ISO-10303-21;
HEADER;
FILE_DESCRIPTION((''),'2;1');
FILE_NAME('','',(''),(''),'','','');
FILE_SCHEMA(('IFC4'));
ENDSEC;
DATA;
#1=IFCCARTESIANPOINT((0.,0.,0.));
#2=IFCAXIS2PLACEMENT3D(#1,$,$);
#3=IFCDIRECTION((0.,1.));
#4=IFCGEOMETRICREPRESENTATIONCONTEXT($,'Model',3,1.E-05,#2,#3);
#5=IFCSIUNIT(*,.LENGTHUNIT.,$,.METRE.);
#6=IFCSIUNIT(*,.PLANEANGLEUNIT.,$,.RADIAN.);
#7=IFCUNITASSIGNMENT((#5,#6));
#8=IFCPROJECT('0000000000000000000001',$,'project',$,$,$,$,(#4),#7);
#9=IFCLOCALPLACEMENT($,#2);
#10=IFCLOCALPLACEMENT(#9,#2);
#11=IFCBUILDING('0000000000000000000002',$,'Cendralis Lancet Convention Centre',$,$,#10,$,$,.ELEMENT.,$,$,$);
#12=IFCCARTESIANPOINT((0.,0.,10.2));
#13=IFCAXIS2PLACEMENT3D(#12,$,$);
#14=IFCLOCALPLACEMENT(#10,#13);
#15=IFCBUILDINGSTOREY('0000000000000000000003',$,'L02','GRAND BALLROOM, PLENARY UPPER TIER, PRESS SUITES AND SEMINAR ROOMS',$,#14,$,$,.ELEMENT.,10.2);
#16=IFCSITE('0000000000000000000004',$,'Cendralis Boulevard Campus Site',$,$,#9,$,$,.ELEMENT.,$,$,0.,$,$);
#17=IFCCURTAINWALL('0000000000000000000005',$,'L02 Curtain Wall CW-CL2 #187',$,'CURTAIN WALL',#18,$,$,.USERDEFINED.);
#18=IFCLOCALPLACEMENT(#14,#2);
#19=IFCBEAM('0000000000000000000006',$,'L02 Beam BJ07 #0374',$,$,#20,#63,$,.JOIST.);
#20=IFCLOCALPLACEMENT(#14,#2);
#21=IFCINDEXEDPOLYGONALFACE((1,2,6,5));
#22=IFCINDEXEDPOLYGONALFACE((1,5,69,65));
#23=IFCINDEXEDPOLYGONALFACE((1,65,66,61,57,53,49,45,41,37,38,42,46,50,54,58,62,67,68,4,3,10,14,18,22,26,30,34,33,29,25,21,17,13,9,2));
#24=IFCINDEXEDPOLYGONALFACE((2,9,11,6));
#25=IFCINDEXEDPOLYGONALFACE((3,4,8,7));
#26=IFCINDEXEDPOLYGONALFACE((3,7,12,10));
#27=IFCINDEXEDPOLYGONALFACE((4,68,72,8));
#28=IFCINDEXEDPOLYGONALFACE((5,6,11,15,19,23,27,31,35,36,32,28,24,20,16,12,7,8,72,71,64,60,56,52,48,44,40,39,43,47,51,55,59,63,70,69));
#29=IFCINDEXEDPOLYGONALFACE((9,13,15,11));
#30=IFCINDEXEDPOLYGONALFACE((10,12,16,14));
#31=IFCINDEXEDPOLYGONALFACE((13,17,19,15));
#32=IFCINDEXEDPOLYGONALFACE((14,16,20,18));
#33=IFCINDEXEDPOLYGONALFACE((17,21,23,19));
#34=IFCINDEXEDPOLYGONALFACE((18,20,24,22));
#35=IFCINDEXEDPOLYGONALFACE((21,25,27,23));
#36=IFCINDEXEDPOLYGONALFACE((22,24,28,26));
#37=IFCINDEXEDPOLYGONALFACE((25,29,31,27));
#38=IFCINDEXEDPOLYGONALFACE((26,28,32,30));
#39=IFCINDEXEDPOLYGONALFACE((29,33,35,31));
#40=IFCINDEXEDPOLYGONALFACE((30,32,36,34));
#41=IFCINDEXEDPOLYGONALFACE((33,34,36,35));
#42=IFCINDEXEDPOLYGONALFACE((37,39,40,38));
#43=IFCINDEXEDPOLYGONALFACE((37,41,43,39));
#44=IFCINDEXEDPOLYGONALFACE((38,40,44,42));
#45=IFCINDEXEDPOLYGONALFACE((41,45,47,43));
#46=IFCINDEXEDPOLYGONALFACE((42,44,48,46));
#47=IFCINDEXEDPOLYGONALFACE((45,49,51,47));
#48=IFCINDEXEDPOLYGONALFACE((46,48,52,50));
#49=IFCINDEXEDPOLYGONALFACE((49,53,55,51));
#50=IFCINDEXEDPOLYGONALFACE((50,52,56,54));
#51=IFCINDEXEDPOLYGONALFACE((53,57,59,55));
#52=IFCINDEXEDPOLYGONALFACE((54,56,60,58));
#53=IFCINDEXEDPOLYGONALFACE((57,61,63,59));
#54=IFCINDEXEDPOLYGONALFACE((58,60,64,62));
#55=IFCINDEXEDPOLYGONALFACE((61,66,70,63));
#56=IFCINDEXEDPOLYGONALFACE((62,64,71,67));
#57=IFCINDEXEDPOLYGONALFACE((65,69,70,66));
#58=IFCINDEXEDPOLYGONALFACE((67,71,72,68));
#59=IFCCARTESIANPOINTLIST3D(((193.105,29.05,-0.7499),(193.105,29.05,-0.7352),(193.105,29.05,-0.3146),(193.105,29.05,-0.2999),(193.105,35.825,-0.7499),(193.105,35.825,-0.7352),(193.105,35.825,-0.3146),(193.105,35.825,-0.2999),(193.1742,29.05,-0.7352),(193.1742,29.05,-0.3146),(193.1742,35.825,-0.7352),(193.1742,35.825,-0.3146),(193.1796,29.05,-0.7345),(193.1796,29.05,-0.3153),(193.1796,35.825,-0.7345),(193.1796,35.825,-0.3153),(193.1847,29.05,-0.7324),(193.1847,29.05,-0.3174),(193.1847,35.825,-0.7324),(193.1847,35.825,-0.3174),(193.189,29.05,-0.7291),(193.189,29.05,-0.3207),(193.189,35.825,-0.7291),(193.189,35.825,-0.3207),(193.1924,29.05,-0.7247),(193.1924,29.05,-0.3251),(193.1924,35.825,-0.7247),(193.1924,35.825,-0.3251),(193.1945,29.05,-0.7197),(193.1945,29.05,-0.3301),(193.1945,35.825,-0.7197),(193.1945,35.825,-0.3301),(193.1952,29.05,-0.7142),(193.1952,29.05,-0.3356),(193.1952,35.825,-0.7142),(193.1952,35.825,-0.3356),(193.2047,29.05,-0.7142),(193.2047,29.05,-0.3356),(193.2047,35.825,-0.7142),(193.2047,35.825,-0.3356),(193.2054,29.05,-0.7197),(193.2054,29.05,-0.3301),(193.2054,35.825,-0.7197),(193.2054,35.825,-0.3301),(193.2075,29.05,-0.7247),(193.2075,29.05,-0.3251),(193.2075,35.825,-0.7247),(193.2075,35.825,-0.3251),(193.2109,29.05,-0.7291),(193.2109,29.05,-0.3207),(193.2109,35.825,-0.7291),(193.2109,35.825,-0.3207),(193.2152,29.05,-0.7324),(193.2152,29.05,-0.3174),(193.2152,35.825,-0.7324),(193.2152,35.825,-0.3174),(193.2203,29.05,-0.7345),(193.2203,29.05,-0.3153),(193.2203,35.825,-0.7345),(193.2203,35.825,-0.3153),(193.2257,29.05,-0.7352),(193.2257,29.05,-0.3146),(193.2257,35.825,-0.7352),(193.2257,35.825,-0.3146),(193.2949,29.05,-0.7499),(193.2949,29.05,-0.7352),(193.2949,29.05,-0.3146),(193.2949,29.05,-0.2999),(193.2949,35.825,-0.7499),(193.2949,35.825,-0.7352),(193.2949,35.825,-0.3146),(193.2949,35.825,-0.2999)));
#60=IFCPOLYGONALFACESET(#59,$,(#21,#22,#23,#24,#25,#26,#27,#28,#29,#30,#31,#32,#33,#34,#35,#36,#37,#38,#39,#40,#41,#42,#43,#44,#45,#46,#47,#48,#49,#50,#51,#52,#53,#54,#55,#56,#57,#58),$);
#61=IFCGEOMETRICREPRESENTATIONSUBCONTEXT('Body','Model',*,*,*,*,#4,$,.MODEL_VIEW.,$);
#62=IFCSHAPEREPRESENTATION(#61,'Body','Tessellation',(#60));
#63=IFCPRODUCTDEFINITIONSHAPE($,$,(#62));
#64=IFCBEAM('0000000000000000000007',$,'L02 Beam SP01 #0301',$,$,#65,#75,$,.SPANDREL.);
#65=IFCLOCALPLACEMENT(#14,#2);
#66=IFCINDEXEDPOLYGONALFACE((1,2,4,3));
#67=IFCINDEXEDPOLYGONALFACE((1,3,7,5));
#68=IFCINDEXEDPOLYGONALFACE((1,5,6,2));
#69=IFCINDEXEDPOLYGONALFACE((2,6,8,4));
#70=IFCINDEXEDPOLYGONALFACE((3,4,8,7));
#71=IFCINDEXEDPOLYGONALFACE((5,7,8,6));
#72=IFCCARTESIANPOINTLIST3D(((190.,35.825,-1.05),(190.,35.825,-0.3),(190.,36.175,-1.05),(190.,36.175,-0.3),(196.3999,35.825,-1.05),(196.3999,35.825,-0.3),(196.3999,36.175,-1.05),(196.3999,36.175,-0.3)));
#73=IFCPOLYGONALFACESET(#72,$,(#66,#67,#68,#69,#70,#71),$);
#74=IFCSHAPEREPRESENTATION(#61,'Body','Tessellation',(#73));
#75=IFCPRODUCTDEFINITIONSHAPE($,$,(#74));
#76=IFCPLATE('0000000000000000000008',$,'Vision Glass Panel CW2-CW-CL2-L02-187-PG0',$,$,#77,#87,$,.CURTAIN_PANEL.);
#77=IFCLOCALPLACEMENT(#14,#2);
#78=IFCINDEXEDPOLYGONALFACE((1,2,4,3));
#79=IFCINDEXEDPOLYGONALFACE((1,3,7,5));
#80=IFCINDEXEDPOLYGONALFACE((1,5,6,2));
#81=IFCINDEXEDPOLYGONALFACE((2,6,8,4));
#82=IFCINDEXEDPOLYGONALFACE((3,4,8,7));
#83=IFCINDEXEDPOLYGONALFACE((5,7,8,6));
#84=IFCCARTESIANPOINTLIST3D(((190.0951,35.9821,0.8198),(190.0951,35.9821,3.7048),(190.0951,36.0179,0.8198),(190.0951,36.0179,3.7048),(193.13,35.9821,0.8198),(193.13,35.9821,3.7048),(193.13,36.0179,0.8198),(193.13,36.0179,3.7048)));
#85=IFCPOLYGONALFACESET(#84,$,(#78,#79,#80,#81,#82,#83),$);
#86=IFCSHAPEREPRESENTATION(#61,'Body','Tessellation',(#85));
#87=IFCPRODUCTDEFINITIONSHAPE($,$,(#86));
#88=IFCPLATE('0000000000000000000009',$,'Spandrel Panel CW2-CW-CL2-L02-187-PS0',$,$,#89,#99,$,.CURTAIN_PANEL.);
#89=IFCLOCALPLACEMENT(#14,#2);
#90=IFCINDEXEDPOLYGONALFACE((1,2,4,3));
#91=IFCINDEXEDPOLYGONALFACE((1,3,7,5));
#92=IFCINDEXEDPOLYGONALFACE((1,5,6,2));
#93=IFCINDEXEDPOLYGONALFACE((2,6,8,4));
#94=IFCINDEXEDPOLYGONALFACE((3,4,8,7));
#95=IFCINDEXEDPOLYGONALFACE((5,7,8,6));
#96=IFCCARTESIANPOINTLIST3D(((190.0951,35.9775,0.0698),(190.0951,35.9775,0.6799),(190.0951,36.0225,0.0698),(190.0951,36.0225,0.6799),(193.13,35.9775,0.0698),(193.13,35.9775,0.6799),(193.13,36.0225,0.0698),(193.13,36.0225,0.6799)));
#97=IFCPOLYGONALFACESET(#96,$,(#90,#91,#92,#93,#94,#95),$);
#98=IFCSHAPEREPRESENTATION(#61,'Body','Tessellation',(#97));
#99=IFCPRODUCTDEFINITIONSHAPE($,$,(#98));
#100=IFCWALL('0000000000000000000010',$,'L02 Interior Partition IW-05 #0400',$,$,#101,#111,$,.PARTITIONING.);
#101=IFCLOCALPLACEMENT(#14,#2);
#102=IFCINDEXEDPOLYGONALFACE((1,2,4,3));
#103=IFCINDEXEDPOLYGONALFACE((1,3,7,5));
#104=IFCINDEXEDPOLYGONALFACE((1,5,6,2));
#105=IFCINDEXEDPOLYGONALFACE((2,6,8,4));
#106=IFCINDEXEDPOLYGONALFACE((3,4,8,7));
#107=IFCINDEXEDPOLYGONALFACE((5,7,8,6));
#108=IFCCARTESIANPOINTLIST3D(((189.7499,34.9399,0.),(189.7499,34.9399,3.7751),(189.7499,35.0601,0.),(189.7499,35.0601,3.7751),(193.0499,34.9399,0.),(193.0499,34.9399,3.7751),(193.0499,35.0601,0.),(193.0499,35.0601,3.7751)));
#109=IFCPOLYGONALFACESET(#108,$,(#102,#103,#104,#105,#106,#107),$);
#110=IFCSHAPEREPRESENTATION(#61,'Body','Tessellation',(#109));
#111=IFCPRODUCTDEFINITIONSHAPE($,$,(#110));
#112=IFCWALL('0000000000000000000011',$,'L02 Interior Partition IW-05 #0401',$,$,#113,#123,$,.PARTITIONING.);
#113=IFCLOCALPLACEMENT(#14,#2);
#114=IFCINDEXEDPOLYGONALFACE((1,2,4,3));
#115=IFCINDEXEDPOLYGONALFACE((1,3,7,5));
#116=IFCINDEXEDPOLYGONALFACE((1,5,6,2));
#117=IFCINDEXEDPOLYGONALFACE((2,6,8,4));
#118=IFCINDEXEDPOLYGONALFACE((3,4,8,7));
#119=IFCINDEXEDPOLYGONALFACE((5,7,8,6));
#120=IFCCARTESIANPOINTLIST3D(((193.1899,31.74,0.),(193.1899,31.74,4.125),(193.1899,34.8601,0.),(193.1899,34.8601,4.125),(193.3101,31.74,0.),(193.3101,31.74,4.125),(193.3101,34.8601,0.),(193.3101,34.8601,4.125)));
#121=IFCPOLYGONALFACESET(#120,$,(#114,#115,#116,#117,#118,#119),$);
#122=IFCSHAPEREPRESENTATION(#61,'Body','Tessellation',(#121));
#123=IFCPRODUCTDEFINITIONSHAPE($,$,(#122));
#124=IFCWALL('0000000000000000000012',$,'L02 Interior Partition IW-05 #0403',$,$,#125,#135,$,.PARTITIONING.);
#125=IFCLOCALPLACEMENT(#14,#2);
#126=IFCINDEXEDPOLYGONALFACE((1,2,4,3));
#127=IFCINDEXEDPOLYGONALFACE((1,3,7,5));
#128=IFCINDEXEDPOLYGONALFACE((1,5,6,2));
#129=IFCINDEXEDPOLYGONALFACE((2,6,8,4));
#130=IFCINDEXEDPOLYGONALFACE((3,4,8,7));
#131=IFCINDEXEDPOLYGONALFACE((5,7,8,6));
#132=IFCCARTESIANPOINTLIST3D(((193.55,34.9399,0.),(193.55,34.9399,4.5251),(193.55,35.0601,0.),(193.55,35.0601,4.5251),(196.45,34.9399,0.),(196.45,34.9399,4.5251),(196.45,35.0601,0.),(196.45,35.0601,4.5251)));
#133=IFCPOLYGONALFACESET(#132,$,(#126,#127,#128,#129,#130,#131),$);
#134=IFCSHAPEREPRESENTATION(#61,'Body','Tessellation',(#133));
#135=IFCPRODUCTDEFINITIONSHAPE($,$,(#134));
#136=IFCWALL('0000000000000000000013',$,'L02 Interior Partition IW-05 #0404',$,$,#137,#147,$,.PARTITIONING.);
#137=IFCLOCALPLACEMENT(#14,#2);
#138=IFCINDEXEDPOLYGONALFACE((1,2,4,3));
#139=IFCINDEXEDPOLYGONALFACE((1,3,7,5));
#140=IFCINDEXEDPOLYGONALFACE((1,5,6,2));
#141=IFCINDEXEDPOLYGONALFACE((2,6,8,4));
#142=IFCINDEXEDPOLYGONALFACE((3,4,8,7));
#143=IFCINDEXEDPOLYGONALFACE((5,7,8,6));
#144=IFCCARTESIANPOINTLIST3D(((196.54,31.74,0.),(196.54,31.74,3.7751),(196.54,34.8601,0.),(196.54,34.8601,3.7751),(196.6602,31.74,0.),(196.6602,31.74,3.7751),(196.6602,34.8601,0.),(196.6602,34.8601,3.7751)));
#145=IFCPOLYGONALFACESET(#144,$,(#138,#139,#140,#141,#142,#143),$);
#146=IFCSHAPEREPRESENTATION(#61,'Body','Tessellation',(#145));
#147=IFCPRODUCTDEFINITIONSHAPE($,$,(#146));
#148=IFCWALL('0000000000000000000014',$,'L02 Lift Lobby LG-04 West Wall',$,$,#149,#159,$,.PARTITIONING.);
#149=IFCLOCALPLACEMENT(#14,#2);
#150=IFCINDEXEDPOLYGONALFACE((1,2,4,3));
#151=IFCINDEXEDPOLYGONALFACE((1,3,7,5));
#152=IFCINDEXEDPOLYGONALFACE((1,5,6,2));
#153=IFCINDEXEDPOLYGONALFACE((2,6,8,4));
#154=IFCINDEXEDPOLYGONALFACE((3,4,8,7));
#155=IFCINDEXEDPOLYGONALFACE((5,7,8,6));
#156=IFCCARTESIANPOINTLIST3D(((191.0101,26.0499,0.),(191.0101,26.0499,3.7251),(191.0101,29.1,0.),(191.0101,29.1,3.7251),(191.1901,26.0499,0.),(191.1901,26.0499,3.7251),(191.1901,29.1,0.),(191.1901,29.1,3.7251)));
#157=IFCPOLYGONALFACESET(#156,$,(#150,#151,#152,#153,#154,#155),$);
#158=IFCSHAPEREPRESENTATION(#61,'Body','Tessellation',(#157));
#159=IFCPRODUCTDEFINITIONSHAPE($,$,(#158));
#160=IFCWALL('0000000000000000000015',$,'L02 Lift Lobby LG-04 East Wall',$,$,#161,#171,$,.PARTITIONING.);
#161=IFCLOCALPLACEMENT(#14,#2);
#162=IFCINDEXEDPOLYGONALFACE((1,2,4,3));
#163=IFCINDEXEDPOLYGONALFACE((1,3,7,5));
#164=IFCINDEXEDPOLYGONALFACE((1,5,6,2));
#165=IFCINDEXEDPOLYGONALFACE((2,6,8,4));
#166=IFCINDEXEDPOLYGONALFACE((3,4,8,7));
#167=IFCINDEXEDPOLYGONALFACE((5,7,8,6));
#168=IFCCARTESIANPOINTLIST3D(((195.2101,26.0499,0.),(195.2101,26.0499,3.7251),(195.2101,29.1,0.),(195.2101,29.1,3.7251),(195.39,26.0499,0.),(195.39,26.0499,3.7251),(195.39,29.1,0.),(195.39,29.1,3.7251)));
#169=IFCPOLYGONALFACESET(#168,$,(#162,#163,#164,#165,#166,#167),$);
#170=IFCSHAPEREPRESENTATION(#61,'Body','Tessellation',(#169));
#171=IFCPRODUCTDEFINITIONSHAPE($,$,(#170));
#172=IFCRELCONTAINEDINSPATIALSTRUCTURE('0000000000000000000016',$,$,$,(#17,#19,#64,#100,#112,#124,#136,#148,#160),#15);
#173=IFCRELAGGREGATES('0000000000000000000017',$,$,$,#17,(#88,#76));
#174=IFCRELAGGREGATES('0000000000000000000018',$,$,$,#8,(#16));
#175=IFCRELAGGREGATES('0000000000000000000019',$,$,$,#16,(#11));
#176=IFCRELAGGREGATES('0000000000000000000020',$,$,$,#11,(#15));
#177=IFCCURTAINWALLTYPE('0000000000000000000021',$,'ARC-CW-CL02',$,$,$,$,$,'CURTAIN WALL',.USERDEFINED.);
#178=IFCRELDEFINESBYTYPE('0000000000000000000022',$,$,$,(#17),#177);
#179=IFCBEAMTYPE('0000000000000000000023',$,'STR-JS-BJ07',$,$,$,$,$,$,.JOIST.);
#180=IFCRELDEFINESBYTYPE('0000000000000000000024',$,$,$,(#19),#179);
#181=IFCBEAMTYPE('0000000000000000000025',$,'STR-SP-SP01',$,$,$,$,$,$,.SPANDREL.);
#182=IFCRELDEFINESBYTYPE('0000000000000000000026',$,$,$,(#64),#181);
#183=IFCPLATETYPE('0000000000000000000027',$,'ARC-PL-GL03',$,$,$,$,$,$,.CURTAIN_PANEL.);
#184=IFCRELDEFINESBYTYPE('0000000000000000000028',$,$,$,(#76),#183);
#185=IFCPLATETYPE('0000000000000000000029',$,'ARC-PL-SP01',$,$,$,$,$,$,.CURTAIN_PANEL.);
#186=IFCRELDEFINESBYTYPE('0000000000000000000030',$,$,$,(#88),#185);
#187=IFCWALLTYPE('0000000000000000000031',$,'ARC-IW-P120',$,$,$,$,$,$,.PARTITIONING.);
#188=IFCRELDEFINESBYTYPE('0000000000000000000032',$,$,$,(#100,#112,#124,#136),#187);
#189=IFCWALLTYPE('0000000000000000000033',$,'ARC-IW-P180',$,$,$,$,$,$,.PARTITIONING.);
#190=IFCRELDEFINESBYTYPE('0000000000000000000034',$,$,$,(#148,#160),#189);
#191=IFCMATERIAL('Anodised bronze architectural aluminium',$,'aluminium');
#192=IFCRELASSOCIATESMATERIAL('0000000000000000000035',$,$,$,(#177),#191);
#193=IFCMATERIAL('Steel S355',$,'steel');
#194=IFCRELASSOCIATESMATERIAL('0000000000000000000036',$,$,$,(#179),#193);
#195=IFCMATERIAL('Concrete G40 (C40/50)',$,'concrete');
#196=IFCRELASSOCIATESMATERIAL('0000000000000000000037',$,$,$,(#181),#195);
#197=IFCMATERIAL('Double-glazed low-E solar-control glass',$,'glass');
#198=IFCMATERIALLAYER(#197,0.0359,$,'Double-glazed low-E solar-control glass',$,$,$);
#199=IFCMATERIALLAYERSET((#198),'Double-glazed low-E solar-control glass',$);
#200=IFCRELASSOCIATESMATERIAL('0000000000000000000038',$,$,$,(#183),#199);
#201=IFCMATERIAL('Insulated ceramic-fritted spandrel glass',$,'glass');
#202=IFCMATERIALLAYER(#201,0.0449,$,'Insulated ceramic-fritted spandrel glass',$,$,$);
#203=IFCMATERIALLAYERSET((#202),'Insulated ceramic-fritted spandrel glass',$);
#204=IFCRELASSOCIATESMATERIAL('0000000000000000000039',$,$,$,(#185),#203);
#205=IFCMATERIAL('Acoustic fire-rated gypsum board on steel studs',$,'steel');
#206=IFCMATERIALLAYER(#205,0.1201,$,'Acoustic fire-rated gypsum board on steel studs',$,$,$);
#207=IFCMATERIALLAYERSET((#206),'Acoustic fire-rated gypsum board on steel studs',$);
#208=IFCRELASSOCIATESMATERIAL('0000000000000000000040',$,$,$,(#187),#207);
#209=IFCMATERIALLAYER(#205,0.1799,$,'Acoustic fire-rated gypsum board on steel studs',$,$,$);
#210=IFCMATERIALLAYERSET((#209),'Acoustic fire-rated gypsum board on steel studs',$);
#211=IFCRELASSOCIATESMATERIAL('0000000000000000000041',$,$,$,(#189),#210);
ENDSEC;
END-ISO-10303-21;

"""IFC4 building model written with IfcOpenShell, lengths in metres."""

from ifc_helpers import new_model, si_unit, direction, frame, frame_2d, origin, origin_2d, place, context, subcontext, project, spatial, rectangle, i_section, extrude, material, layer, layer_set, material_profile, profile_set, type_object, element, aggregate, save


model = new_model("IFC4")

# Units and contexts
model_context = context("Model", 3, precision=1e-05, world=origin(), true_north=direction((0.0, 1.0)))
body_context = subcontext(model_context, "Body", "Model", "MODEL_VIEW")
ifc_project = project(units=[si_unit("LENGTHUNIT", "METRE"), si_unit("PLANEANGLEUNIT", "RADIAN")], contexts=[model_context])

# Site, building, storey
site_placement = place(None, origin())
site = spatial("IfcSite", under=ifc_project, at=site_placement, Name="Cendralis Boulevard Campus Site", CompositionType="ELEMENT", RefElevation=0.0)
building_placement = place(site_placement, origin())
building = spatial("IfcBuilding", under=site, at=building_placement, Name="Cendralis Lancet Convention Centre", CompositionType="ELEMENT")
storey_placement = place(building_placement, frame((0.0, 0.0, 10.2)))
storey = spatial("IfcBuildingStorey", under=building, at=storey_placement, Name="L02", Description="GRAND BALLROOM, PLENARY UPPER TIER, PRESS SUITES AND SEMINAR ROOMS", CompositionType="ELEMENT", Elevation=10.2)

# Shared definitions
ifc_material_1 = material(Name="Concrete G40 (C40/50)", Category="concrete")

# Curtain wall
ifc_material_2 = material(Name="Anodised bronze architectural aluminium", Category="aluminium")
curtain_wall_type = type_object("IfcCurtainWallType", Name="ARC-CW-CL02", ElementType="CURTAIN WALL", PredefinedType="USERDEFINED", material=ifc_material_2)
curtain_wall_placement = place(storey_placement, origin())
curtain_wall = element("IfcCurtainWall", 1, at=curtain_wall_placement, inside=storey, type_object=curtain_wall_type, Name="L02 Curtain Wall CW-CL2 #187", ObjectType="CURTAIN WALL", PredefinedType="USERDEFINED")

# Beams
ifc_material_3 = material(Name="Steel S355", Category="steel")
ifc_material_profile_1 = material_profile(ifc_material_3, i_section(OverallWidth=0.1899, OverallDepth=0.45, WebThickness=0.0095, FlangeThickness=0.0146, FilletRadius=0.021, at=origin_2d()), Name="IPE 450")
ifc_profile_set_1 = profile_set([ifc_material_profile_1], Name="Steel S355")
beam_type_1 = type_object("IfcBeamType", Name="STR-JS-BJ07", PredefinedType="JOIST", material=ifc_profile_set_1)
beam_1_placement = place(storey_placement, frame((193.2, 29.05, -0.5249), z_axis=(0.0, 1.0, 0.0), x_axis=(-1.0, 0.0, 0.0)))
element("IfcBeam", 2, at=beam_1_placement, inside=storey, type_object=beam_type_1, Name="L02 Beam BJ07 #0374", PredefinedType="JOIST", context=body_context, shape_type="SweptSolid", body=[
    extrude(i_section(OverallWidth=0.1899, OverallDepth=0.45, WebThickness=0.0095, FlangeThickness=0.0146, FilletRadius=0.021, at=origin_2d()), origin(), (0.0, 0.0, 1.0), 6.7749),
])
ifc_material_profile_2 = material_profile(ifc_material_1, rectangle(XDim=0.3501, YDim=0.75, at=origin_2d()), Name="RCB 350x750")
ifc_profile_set_2 = profile_set([ifc_material_profile_2], Name="Concrete G40 (C40/50)")
beam_type_2 = type_object("IfcBeamType", Name="STR-SP-SP01", PredefinedType="SPANDREL", material=ifc_profile_set_2)
beam_2_placement = place(storey_placement, frame((190.0, 36.0, -0.675), z_axis=(1.0, 0.0, 0.0), x_axis=(0.0, 1.0, 0.0)))
element("IfcBeam", 3, at=beam_2_placement, inside=storey, type_object=beam_type_2, Name="L02 Beam SP01 #0301", PredefinedType="SPANDREL", context=body_context, shape_type="SweptSolid", body=[
    extrude(rectangle(XDim=0.3501, YDim=0.75, at=origin_2d()), origin(), (0.0, 0.0, 1.0), 6.3999),
])

# Plates
ifc_material_4 = material(Name="Double-glazed low-E solar-control glass", Category="glass")
ifc_layer_1 = layer(ifc_material_4, 0.0359, Name="Double-glazed low-E solar-control glass")
ifc_layer_set_1 = layer_set([ifc_layer_1], Name="Double-glazed low-E solar-control glass")
plate_type_1 = type_object("IfcPlateType", Name="ARC-PL-GL03", PredefinedType="CURTAIN_PANEL", material=ifc_layer_set_1)
plate_1_placement = place(storey_placement, frame((191.6125, 36.0, 0.8198), z_axis=(0.0, 0.0, 1.0), x_axis=(1.0, 0.0, 0.0)))
plate_1 = element("IfcPlate", 4, at=plate_1_placement, type_object=plate_type_1, Name="Vision Glass Panel CW2-CW-CL2-L02-187-PG0", PredefinedType="CURTAIN_PANEL", context=body_context, shape_type="SweptSolid", body=[
    extrude(rectangle(XDim=3.0349, YDim=0.0359, at=origin_2d()), origin(), (0.0, 0.0, 1.0), 2.885),
])
ifc_material_5 = material(Name="Insulated ceramic-fritted spandrel glass", Category="glass")
ifc_layer_2 = layer(ifc_material_5, 0.0449, Name="Insulated ceramic-fritted spandrel glass")
ifc_layer_set_2 = layer_set([ifc_layer_2], Name="Insulated ceramic-fritted spandrel glass")
plate_type_2 = type_object("IfcPlateType", Name="ARC-PL-SP01", PredefinedType="CURTAIN_PANEL", material=ifc_layer_set_2)
plate_2_placement = place(storey_placement, frame((191.6125, 36.0, 0.0698), z_axis=(0.0, 0.0, 1.0), x_axis=(1.0, 0.0, 0.0)))
plate_2 = element("IfcPlate", 5, at=plate_2_placement, type_object=plate_type_2, Name="Spandrel Panel CW2-CW-CL2-L02-187-PS0", PredefinedType="CURTAIN_PANEL", context=body_context, shape_type="SweptSolid", body=[
    extrude(rectangle(XDim=3.0349, YDim=0.0449, at=origin_2d()), origin(), (0.0, 0.0, 1.0), 0.6101),
])
aggregate(curtain_wall, [plate_2, plate_1])

# Shared definitions
ifc_material_6 = material(Name="Acoustic fire-rated gypsum board on steel studs", Category="steel")
ifc_layer_3 = layer(ifc_material_6, 0.1201, Name="Acoustic fire-rated gypsum board on steel studs")
ifc_layer_set_3 = layer_set([ifc_layer_3], Name="Acoustic fire-rated gypsum board on steel studs")
wall_type_1 = type_object("IfcWallType", Name="ARC-IW-P120", PredefinedType="PARTITIONING", material=ifc_layer_set_3)

# Walls
wall_1_placement = place(storey_placement, frame((189.75, 35.0, 0.0), z_axis=(0.0, 0.0, 1.0), x_axis=(1.0, 0.0, 0.0)))
element("IfcWall", 6, at=wall_1_placement, inside=storey, type_object=wall_type_1, Name="L02 Interior Partition IW-05 #0400", PredefinedType="PARTITIONING", context=body_context, shape_type="SweptSolid", body=[
    extrude(rectangle(XDim=3.3, YDim=0.1201, at=frame_2d((1.6499, 0.0))), origin(), (0.0, 0.0, 1.0), 3.7751),
])
wall_2_placement = place(storey_placement, frame((193.25, 31.74, 0.0), z_axis=(0.0, 0.0, 1.0), x_axis=(0.0, 1.0, 0.0)))
element("IfcWall", 7, at=wall_2_placement, inside=storey, type_object=wall_type_1, Name="L02 Interior Partition IW-05 #0401", PredefinedType="PARTITIONING", context=body_context, shape_type="SweptSolid", body=[
    extrude(rectangle(XDim=3.1201, YDim=0.1201, at=frame_2d((1.5601, 0.0))), origin(), (0.0, 0.0, 1.0), 4.125),
])

# Walls
wall_3_placement = place(storey_placement, frame((193.55, 35.0, 0.0), z_axis=(0.0, 0.0, 1.0), x_axis=(1.0, 0.0, 0.0)))
element("IfcWall", 8, at=wall_3_placement, inside=storey, type_object=wall_type_1, Name="L02 Interior Partition IW-05 #0403", PredefinedType="PARTITIONING", context=body_context, shape_type="SweptSolid", body=[
    extrude(rectangle(XDim=2.8999, YDim=0.1201, at=frame_2d((1.45, 0.0))), origin(), (0.0, 0.0, 1.0), 4.5251),
])
wall_4_placement = place(storey_placement, frame((196.6001, 31.74, 0.0), z_axis=(0.0, 0.0, 1.0), x_axis=(0.0, 1.0, 0.0)))
element("IfcWall", 9, at=wall_4_placement, inside=storey, type_object=wall_type_1, Name="L02 Interior Partition IW-05 #0404", PredefinedType="PARTITIONING", context=body_context, shape_type="SweptSolid", body=[
    extrude(rectangle(XDim=3.1201, YDim=0.1201, at=frame_2d((1.5601, 0.0))), origin(), (0.0, 0.0, 1.0), 3.7751),
])

# Shared definitions
ifc_layer_4 = layer(ifc_material_6, 0.1799, Name="Acoustic fire-rated gypsum board on steel studs")
ifc_layer_set_4 = layer_set([ifc_layer_4], Name="Acoustic fire-rated gypsum board on steel studs")
wall_type_2 = type_object("IfcWallType", Name="ARC-IW-P180", PredefinedType="PARTITIONING", material=ifc_layer_set_4)

# Walls
for number, where, z_axis, x_axis, name in (
    (10, (191.1001, 26.05, 0.0), (0.0, 0.0, 1.0), (0.0, 1.0, 0.0), "L02 Lift Lobby LG-04 West Wall"),
    (11, (195.3, 26.05, 0.0), (0.0, 0.0, 1.0), (0.0, 1.0, 0.0), "L02 Lift Lobby LG-04 East Wall"),
):
    element("IfcWall", number, at=place(storey_placement, frame(where, z_axis=z_axis, x_axis=x_axis)), inside=storey, type_object=wall_type_2, Name=name, PredefinedType="PARTITIONING", context=body_context, shape_type="SweptSolid", body=[
        extrude(rectangle(XDim=3.05, YDim=0.1799, at=frame_2d((1.5249, 0.0))), origin(), (0.0, 0.0, 1.0), 3.7251),
    ])

save(model, "model.ifc")
